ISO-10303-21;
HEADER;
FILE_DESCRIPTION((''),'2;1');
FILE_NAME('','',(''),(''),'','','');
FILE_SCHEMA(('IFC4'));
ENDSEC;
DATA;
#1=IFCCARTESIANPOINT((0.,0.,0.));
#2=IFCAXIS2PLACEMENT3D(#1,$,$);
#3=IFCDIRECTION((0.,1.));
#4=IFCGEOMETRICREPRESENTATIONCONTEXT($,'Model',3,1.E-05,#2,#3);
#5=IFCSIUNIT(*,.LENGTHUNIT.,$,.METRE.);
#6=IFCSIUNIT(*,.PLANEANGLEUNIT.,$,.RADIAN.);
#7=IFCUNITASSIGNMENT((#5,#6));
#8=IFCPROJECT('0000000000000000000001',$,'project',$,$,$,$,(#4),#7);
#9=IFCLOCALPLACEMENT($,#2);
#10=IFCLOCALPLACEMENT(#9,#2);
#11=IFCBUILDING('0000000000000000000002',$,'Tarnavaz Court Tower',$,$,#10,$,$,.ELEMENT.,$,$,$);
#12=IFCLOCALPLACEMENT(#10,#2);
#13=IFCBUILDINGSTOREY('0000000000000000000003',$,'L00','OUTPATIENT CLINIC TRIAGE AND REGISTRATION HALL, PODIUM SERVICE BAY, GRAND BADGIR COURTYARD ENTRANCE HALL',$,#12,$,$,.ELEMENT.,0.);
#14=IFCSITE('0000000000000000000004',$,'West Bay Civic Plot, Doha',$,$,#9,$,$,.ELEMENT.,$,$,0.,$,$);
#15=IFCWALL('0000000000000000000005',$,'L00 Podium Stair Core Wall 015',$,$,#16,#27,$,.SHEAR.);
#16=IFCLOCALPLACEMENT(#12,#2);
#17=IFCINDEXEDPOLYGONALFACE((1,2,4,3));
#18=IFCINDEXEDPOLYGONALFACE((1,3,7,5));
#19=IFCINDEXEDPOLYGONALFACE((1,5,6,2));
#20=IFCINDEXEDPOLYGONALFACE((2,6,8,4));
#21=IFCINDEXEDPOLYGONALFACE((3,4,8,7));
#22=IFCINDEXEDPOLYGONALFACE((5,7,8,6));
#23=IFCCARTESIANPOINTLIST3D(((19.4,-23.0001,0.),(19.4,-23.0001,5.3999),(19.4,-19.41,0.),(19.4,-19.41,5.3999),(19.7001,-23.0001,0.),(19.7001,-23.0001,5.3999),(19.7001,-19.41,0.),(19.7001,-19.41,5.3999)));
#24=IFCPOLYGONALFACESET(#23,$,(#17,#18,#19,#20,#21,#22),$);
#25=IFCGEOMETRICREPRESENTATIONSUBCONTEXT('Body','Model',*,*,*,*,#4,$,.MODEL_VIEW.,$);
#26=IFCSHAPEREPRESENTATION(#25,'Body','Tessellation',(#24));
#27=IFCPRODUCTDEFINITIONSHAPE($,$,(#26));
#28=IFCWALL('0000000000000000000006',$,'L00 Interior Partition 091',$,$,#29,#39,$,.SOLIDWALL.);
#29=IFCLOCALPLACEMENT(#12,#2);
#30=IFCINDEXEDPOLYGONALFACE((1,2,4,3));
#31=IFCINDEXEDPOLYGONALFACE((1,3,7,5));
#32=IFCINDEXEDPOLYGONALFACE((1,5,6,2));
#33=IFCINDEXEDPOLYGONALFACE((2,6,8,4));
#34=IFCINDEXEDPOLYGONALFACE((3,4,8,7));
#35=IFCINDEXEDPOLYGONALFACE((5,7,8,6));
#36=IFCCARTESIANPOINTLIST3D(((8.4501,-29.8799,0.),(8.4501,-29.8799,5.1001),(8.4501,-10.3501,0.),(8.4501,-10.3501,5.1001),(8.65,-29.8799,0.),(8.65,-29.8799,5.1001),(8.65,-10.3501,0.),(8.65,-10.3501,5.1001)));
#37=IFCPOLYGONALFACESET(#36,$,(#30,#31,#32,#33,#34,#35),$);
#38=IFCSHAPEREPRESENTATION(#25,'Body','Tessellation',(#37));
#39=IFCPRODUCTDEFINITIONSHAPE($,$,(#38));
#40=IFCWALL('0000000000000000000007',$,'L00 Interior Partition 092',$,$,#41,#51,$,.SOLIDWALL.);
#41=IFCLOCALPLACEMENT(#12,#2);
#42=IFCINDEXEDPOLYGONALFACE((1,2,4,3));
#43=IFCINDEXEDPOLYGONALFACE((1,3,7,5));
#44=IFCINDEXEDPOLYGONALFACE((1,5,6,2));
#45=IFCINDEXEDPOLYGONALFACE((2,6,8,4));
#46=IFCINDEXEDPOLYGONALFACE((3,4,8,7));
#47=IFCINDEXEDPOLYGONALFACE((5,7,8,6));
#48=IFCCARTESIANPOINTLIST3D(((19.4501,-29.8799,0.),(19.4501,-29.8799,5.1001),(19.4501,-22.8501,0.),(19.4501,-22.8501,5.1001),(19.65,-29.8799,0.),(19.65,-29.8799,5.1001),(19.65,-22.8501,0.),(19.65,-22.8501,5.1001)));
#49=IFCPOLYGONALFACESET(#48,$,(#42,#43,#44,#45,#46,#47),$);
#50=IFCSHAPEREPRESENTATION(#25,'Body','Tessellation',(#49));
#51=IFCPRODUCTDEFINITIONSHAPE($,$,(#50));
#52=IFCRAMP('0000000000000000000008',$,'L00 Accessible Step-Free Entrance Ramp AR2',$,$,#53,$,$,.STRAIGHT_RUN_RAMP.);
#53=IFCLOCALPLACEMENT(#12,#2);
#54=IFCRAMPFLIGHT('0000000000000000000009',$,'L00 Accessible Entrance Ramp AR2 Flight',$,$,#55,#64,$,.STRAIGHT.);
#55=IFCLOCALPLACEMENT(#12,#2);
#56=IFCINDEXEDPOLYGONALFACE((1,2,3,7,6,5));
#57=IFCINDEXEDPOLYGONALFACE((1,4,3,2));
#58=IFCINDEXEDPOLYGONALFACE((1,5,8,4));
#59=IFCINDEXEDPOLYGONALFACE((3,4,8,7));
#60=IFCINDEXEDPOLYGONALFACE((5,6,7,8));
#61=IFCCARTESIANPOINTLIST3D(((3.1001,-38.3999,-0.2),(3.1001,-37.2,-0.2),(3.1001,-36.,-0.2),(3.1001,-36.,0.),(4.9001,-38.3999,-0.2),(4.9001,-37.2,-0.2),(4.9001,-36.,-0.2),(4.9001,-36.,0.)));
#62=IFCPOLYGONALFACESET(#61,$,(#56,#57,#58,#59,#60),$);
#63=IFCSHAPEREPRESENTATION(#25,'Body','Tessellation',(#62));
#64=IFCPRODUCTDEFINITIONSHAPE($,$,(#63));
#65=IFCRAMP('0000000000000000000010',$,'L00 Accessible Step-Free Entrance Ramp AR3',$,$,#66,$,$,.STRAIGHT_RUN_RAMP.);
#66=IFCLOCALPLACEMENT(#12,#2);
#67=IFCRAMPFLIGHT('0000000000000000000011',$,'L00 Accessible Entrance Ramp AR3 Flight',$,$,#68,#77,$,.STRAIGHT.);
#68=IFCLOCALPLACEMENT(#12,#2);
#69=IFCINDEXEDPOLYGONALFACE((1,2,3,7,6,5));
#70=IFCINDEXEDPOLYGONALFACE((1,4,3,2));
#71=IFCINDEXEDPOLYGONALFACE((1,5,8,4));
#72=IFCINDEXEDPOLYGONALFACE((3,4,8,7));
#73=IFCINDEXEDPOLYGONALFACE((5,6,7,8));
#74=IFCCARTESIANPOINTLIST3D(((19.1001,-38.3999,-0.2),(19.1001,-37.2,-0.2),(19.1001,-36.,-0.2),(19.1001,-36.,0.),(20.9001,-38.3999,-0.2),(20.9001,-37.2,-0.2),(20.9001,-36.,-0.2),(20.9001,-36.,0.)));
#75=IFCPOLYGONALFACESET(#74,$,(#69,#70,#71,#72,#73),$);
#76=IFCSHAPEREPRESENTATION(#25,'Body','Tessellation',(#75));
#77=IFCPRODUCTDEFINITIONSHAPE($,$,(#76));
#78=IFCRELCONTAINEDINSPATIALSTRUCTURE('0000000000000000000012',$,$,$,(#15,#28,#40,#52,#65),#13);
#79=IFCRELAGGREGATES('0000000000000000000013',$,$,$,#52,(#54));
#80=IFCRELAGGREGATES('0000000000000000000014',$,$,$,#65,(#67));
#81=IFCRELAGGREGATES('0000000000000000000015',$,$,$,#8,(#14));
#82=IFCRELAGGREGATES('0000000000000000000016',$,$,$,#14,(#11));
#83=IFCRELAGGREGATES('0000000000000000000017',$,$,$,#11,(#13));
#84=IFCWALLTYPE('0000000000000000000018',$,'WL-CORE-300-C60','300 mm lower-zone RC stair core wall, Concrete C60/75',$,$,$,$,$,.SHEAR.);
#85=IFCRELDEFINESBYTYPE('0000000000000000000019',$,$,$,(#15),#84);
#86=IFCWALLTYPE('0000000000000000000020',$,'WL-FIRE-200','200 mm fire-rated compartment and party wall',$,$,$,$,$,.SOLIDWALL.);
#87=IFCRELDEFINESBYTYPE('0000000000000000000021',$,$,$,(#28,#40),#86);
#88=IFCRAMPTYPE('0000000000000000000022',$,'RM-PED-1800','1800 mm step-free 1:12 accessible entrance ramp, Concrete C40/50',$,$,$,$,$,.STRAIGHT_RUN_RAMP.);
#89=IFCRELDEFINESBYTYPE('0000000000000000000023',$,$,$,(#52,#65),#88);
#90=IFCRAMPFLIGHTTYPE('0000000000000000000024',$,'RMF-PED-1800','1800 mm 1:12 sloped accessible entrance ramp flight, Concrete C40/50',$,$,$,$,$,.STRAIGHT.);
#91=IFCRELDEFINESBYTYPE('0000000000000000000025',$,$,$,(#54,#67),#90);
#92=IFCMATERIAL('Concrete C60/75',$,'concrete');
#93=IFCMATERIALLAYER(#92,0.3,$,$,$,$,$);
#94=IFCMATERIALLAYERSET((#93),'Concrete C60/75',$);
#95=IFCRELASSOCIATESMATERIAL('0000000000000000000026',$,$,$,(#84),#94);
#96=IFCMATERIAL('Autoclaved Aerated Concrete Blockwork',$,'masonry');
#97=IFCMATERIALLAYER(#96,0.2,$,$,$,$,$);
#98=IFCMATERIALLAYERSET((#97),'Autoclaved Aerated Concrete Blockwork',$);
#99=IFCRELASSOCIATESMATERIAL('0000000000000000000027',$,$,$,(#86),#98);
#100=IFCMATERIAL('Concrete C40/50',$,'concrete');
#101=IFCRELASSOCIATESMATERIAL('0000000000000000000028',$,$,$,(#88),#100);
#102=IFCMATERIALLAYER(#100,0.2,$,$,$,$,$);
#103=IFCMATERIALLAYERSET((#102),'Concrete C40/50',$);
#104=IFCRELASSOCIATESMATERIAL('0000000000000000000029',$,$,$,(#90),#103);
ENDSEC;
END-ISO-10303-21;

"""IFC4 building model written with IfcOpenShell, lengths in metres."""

from ifc_helpers import new_model, si_unit, direction, frame, frame_2d, origin, place, context, subcontext, project, spatial, polyline, rectangle, outline, extrude, material, layer, layer_set, type_object, element, aggregate, save


model = new_model("IFC4")

# Units and contexts
model_context = context("Model", 3, precision=1e-05, world=origin(), true_north=direction((0.0, 1.0)))
body_context = subcontext(model_context, "Body", "Model", "MODEL_VIEW")
ifc_project = project(units=[si_unit("LENGTHUNIT", "METRE"), si_unit("PLANEANGLEUNIT", "RADIAN")], contexts=[model_context])

# Site, building, storey
site_placement = place(None, origin())
site = spatial("IfcSite", under=ifc_project, at=site_placement, Name="West Bay Civic Plot, Doha", CompositionType="ELEMENT", RefElevation=0.0)
building_placement = place(site_placement, origin())
building = spatial("IfcBuilding", under=site, at=building_placement, Name="Tarnavaz Court Tower", CompositionType="ELEMENT")
storey_placement = place(building_placement, origin())
storey = spatial("IfcBuildingStorey", under=building, at=storey_placement, Name="L00", Description="OUTPATIENT CLINIC TRIAGE AND REGISTRATION HALL, PODIUM SERVICE BAY, GRAND BADGIR COURTYARD ENTRANCE HALL", CompositionType="ELEMENT", Elevation=0.0)

# Shared definitions
ifc_material_1 = material(Name="Concrete C60/75", Category="concrete")

# Shared definitions
ifc_layer_1 = layer(ifc_material_1, 0.3)
ifc_layer_set_1 = layer_set([ifc_layer_1], Name="Concrete C60/75")
wall_type_1 = type_object("IfcWallType", Name="WL-CORE-300-C60", Description="300 mm lower-zone RC stair core wall, Concrete C60/75", PredefinedType="SHEAR", material=ifc_layer_set_1)

# Walls
wall_1_placement = place(storey_placement, frame((19.55, -23.0, 0.0), z_axis=(0.0, 0.0, 1.0), x_axis=(0.0, 1.0, 0.0)))
element("IfcWall", 1, at=wall_1_placement, inside=storey, type_object=wall_type_1, Name="L00 Podium Stair Core Wall 015", PredefinedType="SHEAR", context=body_context, shape_type="SweptSolid", body=[
    extrude(rectangle(XDim=3.5901, YDim=0.3, at=frame_2d((1.7949, 0.0))), origin(), (0.0, 0.0, 1.0), 5.3999),
])
ifc_material_2 = material(Name="Autoclaved Aerated Concrete Blockwork", Category="masonry")
ifc_layer_2 = layer(ifc_material_2, 0.2)
ifc_layer_set_2 = layer_set([ifc_layer_2], Name="Autoclaved Aerated Concrete Blockwork")
wall_type_2 = type_object("IfcWallType", Name="WL-FIRE-200", Description="200 mm fire-rated compartment and party wall", PredefinedType="SOLIDWALL", material=ifc_layer_set_2)
wall_2_placement = place(storey_placement, frame((8.55, -29.8799, 0.0), z_axis=(0.0, 0.0, 1.0), x_axis=(0.0, 1.0, 0.0)))
element("IfcWall", 2, at=wall_2_placement, inside=storey, type_object=wall_type_2, Name="L00 Interior Partition 091", PredefinedType="SOLIDWALL", context=body_context, shape_type="SweptSolid", body=[
    extrude(rectangle(XDim=19.5298, YDim=0.2, at=frame_2d((9.7649, 0.0))), origin(), (0.0, 0.0, 1.0), 5.1001),
])
wall_3_placement = place(storey_placement, frame((19.55, -29.8799, 0.0), z_axis=(0.0, 0.0, 1.0), x_axis=(0.0, 1.0, 0.0)))
element("IfcWall", 3, at=wall_3_placement, inside=storey, type_object=wall_type_2, Name="L00 Interior Partition 092", PredefinedType="SOLIDWALL", context=body_context, shape_type="SweptSolid", body=[
    extrude(rectangle(XDim=7.0298, YDim=0.2, at=frame_2d((3.5149, 0.0))), origin(), (0.0, 0.0, 1.0), 5.1001),
])

# Ramps, ramp flights
ifc_material_3 = material(Name="Concrete C40/50", Category="concrete")
ramp_type = type_object("IfcRampType", Name="RM-PED-1800", Description="1800 mm step-free 1:12 accessible entrance ramp, Concrete C40/50", PredefinedType="STRAIGHT_RUN_RAMP", material=ifc_material_3)
ramp_1_placement = place(storey_placement, origin())
ramp_1 = element("IfcRamp", 4, at=ramp_1_placement, inside=storey, type_object=ramp_type, Name="L00 Accessible Step-Free Entrance Ramp AR2", PredefinedType="STRAIGHT_RUN_RAMP")
ifc_layer_3 = layer(ifc_material_3, 0.2)
ifc_layer_set_3 = layer_set([ifc_layer_3], Name="Concrete C40/50")
ramp_flight_type = type_object("IfcRampFlightType", Name="RMF-PED-1800", Description="1800 mm 1:12 sloped accessible entrance ramp flight, Concrete C40/50", PredefinedType="STRAIGHT", material=ifc_layer_set_3)
ramp_flight_1_placement = place(storey_placement, frame((4.0, -38.3999, -0.2), z_axis=(0.0, 0.0, 1.0), x_axis=(0.0, 1.0, 0.0)))
ramp_flight_1 = element("IfcRampFlight", 5, at=ramp_flight_1_placement, type_object=ramp_flight_type, Name="L00 Accessible Entrance Ramp AR2 Flight", PredefinedType="STRAIGHT", context=body_context, shape_type="SweptSolid", body=[
    extrude(outline(polyline([(0.0, 0.0), (2.3999, 0.2), (2.3999, 0.0), (1.2, 0.0), (0.0, 0.0)])), frame((0.0, 0.8999, 0.0), z_axis=(0.0, -1.0, 0.0), x_axis=(1.0, 0.0, 0.0)), (0.0, 0.0, 1.0), 1.8),
])
aggregate(ramp_1, [ramp_flight_1])
ramp_2_placement = place(storey_placement, origin())
ramp_2 = element("IfcRamp", 6, at=ramp_2_placement, inside=storey, type_object=ramp_type, Name="L00 Accessible Step-Free Entrance Ramp AR3", PredefinedType="STRAIGHT_RUN_RAMP")
ramp_flight_2_placement = place(storey_placement, frame((20.0, -38.3999, -0.2), z_axis=(0.0, 0.0, 1.0), x_axis=(0.0, 1.0, 0.0)))
ramp_flight_2 = element("IfcRampFlight", 7, at=ramp_flight_2_placement, type_object=ramp_flight_type, Name="L00 Accessible Entrance Ramp AR3 Flight", PredefinedType="STRAIGHT", context=body_context, shape_type="SweptSolid", body=[
    extrude(outline(polyline([(0.0, 0.0), (2.3999, 0.2), (2.3999, 0.0), (1.2, 0.0), (0.0, 0.0)])), frame((0.0, 0.8999, 0.0), z_axis=(0.0, -1.0, 0.0), x_axis=(1.0, 0.0, 0.0)), (0.0, 0.0, 1.0), 1.8),
])
aggregate(ramp_2, [ramp_flight_2])

save(model, "model.ifc")
